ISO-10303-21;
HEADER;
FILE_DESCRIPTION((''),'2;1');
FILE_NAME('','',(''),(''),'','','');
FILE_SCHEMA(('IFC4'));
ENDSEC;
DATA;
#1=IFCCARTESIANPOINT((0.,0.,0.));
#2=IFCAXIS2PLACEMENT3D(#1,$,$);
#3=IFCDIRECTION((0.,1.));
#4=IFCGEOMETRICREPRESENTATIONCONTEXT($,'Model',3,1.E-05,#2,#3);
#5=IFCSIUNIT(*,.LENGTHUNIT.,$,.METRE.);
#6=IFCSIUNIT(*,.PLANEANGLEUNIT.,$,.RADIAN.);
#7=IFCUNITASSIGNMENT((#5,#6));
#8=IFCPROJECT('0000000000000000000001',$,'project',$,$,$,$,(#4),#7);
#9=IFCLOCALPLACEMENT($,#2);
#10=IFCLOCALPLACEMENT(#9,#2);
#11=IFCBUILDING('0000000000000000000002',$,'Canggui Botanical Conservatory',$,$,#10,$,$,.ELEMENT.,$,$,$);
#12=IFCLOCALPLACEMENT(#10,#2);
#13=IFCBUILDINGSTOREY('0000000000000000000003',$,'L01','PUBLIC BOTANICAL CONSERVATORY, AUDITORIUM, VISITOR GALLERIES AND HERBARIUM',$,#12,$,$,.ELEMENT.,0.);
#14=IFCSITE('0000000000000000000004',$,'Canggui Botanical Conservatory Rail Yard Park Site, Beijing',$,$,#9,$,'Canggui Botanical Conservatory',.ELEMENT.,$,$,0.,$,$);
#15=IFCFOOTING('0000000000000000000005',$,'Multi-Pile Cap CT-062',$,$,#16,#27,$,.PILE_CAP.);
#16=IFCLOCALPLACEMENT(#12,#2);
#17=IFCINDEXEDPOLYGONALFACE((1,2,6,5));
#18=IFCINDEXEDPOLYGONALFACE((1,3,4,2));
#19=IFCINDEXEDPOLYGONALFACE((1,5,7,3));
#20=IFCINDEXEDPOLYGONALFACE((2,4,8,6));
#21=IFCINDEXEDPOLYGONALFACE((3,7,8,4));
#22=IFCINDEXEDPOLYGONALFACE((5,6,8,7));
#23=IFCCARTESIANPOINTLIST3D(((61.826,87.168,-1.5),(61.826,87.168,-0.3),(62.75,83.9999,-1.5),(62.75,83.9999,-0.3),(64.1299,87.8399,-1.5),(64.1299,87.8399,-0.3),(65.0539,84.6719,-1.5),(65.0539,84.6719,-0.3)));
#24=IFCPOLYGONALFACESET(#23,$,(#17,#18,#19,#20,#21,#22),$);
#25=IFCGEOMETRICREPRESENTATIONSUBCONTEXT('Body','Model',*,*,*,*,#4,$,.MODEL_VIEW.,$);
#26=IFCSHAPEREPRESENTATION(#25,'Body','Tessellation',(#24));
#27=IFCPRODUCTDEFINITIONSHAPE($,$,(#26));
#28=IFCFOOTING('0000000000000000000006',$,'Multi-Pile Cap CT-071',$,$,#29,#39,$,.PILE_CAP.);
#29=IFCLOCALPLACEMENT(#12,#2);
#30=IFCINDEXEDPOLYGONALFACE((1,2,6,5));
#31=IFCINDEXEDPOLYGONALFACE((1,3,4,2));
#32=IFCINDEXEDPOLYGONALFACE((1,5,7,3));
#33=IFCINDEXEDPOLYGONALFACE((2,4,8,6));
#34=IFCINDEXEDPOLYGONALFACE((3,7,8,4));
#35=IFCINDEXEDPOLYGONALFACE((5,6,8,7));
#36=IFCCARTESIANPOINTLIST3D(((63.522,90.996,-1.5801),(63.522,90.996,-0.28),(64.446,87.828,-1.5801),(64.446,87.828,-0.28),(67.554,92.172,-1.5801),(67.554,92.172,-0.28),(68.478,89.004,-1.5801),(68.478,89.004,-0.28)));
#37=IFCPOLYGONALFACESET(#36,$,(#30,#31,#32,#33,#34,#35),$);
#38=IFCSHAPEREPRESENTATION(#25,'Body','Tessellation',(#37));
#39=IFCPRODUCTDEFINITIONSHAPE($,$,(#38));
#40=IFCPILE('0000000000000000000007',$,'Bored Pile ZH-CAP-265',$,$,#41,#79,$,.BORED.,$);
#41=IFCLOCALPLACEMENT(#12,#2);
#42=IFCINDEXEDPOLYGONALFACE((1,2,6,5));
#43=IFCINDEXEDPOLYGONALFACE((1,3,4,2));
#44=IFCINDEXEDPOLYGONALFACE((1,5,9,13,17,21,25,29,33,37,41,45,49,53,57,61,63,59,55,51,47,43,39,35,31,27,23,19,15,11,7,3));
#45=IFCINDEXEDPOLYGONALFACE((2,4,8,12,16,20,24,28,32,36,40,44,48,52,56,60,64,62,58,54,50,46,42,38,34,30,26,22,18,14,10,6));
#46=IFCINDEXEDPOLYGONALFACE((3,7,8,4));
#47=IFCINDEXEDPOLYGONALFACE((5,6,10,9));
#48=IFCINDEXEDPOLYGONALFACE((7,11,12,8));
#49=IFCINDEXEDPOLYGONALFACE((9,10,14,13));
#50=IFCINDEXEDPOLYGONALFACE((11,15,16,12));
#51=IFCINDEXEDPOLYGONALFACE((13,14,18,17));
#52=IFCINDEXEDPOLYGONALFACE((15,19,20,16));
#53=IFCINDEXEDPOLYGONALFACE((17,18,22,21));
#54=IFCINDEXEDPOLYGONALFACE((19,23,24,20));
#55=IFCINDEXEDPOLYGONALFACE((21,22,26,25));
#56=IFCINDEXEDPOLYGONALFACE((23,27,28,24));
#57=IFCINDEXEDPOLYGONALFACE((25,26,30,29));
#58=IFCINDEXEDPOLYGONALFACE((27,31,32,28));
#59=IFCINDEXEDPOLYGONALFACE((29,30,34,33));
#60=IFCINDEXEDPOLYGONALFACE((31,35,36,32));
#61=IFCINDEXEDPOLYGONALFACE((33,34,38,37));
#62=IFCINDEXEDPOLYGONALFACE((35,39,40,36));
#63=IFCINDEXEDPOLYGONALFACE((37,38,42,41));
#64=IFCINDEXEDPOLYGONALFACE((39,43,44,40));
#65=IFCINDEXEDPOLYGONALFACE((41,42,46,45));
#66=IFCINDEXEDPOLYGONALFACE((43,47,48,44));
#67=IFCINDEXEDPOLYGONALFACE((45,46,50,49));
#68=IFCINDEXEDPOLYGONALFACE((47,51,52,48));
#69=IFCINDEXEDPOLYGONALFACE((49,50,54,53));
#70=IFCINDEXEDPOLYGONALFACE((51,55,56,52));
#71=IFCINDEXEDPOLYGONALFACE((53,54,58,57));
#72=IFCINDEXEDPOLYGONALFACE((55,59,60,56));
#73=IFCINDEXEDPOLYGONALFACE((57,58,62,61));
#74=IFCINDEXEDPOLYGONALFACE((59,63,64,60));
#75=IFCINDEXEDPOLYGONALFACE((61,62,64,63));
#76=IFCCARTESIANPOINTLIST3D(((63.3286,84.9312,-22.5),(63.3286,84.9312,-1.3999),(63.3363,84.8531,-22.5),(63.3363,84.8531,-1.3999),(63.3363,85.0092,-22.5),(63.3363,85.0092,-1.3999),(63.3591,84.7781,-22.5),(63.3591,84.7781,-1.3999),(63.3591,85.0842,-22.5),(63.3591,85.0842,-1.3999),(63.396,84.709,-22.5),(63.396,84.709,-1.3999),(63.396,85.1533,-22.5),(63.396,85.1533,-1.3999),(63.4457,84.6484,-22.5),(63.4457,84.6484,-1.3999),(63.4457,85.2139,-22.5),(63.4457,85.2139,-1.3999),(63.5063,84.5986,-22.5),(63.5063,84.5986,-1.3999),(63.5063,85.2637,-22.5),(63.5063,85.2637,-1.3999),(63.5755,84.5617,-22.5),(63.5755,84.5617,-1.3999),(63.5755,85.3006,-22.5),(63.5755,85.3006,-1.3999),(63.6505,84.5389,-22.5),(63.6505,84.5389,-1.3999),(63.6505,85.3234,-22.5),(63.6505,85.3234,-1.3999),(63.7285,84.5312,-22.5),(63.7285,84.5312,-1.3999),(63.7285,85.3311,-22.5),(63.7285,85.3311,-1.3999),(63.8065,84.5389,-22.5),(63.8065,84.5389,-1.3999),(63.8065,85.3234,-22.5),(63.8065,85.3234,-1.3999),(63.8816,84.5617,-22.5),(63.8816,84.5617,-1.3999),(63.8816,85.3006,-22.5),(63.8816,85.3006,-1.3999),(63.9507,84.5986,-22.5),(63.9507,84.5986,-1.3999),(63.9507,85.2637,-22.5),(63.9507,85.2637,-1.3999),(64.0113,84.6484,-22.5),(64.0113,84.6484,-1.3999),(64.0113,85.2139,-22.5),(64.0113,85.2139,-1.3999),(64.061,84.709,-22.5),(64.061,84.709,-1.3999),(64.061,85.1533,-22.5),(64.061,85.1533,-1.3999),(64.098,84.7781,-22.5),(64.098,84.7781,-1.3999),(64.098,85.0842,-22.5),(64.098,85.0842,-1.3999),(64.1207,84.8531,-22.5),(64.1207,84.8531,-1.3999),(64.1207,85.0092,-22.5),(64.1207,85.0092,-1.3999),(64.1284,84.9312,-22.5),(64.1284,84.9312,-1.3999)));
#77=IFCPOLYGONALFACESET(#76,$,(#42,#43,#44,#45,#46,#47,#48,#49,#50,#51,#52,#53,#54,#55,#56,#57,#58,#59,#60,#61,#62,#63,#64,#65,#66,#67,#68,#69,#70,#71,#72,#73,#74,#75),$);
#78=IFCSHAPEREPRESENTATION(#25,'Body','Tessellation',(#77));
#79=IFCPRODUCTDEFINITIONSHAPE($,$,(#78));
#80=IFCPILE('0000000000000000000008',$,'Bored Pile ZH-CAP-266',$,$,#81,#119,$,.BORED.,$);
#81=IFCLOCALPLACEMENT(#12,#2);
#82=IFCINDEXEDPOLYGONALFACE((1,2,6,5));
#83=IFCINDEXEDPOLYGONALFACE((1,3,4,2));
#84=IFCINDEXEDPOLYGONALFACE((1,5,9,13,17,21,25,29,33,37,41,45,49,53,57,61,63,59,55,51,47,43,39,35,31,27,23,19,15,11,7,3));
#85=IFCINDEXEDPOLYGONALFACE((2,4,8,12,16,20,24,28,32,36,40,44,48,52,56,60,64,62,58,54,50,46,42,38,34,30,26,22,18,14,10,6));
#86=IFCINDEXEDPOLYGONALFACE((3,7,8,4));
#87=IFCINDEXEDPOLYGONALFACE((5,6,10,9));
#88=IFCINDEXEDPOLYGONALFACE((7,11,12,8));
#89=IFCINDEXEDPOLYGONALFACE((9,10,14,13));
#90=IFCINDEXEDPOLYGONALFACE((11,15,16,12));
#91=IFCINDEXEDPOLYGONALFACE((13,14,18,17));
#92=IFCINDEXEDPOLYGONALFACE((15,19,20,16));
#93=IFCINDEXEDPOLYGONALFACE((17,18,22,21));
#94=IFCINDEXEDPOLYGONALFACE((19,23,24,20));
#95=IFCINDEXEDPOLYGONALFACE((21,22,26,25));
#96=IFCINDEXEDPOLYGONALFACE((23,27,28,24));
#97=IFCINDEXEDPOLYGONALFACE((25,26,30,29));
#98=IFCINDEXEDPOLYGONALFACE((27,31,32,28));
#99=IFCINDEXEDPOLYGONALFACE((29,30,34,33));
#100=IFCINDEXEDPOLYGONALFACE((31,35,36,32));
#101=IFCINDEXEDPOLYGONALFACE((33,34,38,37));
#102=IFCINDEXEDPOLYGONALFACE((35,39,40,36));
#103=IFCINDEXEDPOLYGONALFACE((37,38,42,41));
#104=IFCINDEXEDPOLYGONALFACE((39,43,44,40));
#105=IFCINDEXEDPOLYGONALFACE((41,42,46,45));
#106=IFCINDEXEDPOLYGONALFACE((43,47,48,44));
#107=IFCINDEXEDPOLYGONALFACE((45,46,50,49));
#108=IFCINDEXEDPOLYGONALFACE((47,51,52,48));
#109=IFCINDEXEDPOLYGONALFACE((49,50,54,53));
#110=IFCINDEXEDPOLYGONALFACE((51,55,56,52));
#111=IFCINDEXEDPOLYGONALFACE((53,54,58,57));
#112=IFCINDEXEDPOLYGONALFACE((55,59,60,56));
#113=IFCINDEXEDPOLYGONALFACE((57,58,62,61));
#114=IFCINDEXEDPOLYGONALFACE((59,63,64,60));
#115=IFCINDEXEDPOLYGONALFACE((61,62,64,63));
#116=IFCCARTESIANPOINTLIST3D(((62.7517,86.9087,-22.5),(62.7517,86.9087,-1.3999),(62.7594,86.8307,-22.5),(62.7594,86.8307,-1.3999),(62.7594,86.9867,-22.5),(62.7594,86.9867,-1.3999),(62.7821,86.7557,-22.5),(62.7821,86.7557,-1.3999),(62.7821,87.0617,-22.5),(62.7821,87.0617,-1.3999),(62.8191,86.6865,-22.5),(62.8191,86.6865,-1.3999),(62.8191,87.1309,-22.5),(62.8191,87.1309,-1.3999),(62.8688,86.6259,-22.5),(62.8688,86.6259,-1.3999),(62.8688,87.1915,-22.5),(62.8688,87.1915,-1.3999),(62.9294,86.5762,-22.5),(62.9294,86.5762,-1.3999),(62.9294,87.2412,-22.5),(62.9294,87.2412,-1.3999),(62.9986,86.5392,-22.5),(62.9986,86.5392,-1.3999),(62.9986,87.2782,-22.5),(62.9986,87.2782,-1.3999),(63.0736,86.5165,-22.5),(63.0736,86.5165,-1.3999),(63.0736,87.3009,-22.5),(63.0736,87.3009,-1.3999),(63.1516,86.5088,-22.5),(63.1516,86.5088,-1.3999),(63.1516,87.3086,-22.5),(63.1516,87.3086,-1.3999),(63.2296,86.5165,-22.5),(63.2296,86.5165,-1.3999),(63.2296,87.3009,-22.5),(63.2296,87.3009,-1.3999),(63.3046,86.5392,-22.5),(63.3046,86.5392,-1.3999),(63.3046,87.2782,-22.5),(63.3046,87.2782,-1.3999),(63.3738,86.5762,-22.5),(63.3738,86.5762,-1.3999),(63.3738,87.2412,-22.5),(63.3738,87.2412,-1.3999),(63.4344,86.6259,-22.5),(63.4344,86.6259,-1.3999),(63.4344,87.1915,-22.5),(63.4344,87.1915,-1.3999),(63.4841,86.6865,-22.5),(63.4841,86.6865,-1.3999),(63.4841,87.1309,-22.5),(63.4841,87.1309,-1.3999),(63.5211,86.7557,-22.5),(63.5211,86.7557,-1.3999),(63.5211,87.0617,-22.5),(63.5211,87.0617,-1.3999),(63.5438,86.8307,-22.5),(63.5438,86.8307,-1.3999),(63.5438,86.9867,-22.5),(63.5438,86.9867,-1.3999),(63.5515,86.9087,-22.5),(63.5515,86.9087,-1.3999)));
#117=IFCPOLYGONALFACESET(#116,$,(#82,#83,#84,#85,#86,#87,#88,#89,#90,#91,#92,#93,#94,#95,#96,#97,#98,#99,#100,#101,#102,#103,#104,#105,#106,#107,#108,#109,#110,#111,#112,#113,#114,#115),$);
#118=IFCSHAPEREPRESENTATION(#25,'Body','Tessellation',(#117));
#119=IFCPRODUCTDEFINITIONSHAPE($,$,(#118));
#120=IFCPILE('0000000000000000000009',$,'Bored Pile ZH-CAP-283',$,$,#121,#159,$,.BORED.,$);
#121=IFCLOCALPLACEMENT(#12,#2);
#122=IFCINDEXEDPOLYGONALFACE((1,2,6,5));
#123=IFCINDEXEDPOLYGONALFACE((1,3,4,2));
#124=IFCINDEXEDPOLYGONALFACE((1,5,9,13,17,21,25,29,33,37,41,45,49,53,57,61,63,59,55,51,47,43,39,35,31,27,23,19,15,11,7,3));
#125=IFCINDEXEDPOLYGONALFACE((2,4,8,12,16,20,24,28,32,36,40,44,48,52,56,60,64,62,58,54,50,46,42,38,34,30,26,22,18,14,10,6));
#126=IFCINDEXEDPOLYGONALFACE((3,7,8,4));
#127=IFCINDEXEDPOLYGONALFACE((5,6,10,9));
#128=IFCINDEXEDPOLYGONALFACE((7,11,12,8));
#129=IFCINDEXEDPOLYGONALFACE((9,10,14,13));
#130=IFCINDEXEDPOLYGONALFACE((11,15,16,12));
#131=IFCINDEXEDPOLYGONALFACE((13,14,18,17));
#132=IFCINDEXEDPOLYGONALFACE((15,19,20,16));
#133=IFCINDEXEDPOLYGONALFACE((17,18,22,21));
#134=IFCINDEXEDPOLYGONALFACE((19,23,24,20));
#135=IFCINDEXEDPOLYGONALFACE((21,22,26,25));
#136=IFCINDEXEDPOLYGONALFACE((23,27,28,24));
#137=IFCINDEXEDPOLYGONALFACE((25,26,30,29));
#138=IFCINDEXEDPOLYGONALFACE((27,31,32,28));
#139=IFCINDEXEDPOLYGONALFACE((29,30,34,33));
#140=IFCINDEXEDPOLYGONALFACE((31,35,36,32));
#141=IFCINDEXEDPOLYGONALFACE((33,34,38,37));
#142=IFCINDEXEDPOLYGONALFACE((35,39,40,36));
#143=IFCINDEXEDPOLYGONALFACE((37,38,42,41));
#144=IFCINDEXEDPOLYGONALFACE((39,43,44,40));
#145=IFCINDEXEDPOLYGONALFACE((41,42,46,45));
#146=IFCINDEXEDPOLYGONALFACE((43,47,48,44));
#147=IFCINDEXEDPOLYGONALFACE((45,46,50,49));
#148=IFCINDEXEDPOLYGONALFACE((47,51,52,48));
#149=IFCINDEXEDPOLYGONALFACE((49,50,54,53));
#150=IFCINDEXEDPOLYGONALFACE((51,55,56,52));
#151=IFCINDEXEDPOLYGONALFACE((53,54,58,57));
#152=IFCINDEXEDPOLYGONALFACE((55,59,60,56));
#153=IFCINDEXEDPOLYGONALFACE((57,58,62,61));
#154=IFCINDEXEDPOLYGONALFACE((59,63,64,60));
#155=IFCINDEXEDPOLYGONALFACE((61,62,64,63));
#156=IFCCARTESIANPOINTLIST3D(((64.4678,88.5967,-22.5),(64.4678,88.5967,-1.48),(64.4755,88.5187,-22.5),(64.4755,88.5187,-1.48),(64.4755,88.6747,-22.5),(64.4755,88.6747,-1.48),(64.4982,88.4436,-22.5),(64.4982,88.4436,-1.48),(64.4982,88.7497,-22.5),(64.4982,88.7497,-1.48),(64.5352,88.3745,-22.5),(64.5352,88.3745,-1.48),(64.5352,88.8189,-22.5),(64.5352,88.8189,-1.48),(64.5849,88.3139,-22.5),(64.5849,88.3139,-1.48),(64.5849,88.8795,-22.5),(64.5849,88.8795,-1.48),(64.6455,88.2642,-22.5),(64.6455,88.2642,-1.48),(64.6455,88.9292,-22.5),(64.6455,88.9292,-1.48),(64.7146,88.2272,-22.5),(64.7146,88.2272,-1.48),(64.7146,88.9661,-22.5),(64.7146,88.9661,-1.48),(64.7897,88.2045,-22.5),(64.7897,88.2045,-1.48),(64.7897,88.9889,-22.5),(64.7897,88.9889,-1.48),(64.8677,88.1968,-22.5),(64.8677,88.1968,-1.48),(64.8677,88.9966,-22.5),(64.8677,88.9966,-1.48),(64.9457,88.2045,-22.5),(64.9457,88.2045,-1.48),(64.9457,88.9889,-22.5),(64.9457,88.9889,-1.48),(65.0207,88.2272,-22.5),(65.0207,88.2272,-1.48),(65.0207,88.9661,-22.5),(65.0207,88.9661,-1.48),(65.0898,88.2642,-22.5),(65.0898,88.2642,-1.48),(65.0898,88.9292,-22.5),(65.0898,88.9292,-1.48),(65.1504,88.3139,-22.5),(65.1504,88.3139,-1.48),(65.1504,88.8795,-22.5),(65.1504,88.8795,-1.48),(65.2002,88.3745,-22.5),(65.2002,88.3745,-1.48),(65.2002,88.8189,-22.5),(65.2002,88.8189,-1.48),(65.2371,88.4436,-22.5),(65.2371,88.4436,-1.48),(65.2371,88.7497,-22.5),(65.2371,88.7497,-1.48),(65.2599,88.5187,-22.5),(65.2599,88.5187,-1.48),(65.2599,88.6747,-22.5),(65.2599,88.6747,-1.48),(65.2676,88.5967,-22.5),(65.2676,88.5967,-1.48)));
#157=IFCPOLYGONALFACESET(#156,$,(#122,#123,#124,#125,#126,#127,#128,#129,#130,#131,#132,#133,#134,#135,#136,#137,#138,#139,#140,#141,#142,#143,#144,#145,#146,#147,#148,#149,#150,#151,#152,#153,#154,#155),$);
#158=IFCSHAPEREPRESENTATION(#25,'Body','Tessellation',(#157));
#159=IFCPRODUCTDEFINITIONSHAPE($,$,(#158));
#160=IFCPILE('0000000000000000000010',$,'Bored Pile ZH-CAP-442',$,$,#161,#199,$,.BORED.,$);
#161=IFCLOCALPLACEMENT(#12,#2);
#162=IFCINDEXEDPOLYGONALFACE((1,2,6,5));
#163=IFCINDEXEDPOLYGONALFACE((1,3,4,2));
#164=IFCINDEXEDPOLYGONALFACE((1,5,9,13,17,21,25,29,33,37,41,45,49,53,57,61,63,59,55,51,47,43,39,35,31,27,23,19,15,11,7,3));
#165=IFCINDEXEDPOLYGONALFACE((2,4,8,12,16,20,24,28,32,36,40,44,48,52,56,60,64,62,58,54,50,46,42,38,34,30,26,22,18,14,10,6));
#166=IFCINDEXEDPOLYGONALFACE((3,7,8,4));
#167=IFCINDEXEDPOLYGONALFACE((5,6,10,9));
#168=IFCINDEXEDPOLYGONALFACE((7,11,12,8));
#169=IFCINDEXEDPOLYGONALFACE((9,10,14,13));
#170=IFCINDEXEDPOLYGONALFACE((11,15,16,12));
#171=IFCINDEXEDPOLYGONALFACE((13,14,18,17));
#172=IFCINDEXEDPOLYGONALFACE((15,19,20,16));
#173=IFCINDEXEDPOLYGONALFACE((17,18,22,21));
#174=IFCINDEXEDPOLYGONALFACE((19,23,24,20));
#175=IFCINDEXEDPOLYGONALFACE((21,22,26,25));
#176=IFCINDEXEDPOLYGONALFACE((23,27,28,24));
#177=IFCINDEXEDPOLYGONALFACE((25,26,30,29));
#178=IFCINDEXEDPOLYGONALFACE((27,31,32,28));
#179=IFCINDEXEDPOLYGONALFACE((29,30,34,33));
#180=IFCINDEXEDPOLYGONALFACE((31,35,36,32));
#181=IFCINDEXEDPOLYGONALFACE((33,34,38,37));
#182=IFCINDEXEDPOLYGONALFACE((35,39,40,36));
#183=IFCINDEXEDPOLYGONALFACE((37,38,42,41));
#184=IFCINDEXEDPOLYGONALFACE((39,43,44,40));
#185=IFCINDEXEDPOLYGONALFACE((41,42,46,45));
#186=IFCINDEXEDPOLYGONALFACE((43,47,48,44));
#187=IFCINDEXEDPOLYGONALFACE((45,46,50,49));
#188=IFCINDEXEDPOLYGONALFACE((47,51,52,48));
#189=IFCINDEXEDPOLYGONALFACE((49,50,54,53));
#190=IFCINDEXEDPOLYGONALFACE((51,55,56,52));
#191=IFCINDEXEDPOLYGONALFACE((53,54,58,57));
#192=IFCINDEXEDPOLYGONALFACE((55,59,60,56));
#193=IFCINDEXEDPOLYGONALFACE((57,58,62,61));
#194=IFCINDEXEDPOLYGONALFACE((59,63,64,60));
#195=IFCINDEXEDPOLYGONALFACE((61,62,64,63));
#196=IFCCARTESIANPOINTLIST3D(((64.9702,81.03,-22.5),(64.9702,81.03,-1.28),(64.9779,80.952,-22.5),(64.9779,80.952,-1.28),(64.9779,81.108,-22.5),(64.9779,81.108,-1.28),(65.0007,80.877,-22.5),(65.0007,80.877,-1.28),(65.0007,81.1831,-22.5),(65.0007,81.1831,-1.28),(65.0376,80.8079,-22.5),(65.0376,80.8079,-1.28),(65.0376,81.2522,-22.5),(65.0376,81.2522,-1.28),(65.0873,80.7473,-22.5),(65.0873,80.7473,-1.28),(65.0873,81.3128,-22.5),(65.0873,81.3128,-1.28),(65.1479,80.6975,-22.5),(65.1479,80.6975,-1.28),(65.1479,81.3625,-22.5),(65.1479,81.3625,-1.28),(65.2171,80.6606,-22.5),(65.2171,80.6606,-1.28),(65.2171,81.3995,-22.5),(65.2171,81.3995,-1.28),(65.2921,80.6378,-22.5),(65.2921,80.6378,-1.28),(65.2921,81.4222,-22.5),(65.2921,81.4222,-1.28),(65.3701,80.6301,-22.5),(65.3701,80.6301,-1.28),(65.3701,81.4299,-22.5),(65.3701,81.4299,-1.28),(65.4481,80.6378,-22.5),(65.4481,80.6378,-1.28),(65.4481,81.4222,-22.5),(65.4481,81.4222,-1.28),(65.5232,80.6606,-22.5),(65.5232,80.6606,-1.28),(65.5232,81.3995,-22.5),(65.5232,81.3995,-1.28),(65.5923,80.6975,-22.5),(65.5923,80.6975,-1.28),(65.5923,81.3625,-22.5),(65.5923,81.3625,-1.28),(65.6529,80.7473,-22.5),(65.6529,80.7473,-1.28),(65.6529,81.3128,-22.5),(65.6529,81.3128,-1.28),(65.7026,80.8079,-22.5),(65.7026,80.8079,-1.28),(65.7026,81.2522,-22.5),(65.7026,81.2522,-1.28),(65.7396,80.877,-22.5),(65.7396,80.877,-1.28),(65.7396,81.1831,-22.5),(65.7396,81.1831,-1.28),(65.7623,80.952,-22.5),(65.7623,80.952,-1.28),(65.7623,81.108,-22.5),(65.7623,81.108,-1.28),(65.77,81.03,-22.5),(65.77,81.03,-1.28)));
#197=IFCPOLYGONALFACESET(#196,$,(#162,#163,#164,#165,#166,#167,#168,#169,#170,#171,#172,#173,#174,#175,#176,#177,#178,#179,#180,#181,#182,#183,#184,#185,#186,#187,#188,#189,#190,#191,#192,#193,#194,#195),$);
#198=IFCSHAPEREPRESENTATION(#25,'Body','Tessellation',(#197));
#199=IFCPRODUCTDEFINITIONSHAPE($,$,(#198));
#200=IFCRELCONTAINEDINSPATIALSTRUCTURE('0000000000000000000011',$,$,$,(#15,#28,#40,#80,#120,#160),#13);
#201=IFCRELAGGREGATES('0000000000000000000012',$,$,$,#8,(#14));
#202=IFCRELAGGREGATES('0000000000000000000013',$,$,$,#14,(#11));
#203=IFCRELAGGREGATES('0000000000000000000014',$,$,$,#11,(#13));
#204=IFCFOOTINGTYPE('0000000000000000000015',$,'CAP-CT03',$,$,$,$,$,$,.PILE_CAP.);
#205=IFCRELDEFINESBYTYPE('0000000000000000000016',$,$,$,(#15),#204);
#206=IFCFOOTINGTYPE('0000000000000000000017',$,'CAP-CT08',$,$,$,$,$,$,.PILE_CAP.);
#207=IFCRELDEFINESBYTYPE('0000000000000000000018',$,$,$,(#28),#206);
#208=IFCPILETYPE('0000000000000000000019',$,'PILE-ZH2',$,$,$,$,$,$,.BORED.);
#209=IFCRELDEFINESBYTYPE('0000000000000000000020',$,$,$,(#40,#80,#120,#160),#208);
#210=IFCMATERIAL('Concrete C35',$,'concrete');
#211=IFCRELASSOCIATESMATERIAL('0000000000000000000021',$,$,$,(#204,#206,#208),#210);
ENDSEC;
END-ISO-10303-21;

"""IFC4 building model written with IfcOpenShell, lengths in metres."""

from ifc_helpers import new_model, si_unit, direction, frame, origin, origin_2d, place, context, subcontext, project, spatial, rectangle, circle, extrude, material, material_profile, profile_set, type_object, element, save


model = new_model("IFC4")

# Units and contexts
model_context = context("Model", 3, precision=1e-05, world=origin(), true_north=direction((0.0, 1.0)))
body_context = subcontext(model_context, "Body", "Model", "MODEL_VIEW")
ifc_project = project(units=[si_unit("LENGTHUNIT", "METRE"), si_unit("PLANEANGLEUNIT", "RADIAN")], contexts=[model_context])

# Site, building, storey
site_placement = place(None, origin())
site = spatial("IfcSite", under=ifc_project, at=site_placement, Name="Canggui Botanical Conservatory Rail Yard Park Site, Beijing", LongName="Canggui Botanical Conservatory", CompositionType="ELEMENT", RefElevation=0.0)
building_placement = place(site_placement, origin())
building = spatial("IfcBuilding", under=site, at=building_placement, Name="Canggui Botanical Conservatory", CompositionType="ELEMENT")
storey_placement = place(building_placement, origin())
storey = spatial("IfcBuildingStorey", under=building, at=storey_placement, Name="L01", Description="PUBLIC BOTANICAL CONSERVATORY, AUDITORIUM, VISITOR GALLERIES AND HERBARIUM", CompositionType="ELEMENT", Elevation=0.0)

# Footings
ifc_material_1 = material(Name="Concrete C35", Category="concrete")
footing_type_1 = type_object("IfcFootingType", Name="CAP-CT03", PredefinedType="PILE_CAP", material=ifc_material_1)
footing_1_placement = place(storey_placement, frame((63.4399, 85.9199, -1.5), z_axis=(0.0, 0.0, 1.0), x_axis=(-0.28, 0.96, 0.0)))
element("IfcFooting", 1, at=footing_1_placement, inside=storey, type_object=footing_type_1, Name="Multi-Pile Cap CT-062", PredefinedType="PILE_CAP", context=body_context, shape_type="SweptSolid", body=[
    extrude(rectangle(XDim=3.3, YDim=2.3999, at=origin_2d()), origin(), (0.0, 0.0, 1.0), 1.2),
])
footing_type_2 = type_object("IfcFootingType", Name="CAP-CT08", PredefinedType="PILE_CAP", material=ifc_material_1)
footing_2_placement = place(storey_placement, frame((66.0, 90.0, -1.5801), z_axis=(0.0, 0.0, 1.0), x_axis=(0.96, 0.28, 0.0)))
element("IfcFooting", 2, at=footing_2_placement, inside=storey, type_object=footing_type_2, Name="Multi-Pile Cap CT-071", PredefinedType="PILE_CAP", context=body_context, shape_type="SweptSolid", body=[
    extrude(rectangle(XDim=4.2, YDim=3.3, at=origin_2d()), origin(), (0.0, 0.0, 1.0), 1.3),
])

# Piles
ifc_material_profile_1 = material_profile(ifc_material_1, circle(Radius=0.3999, at=origin_2d()), Name="PILE D800")
ifc_profile_set_1 = profile_set([ifc_material_profile_1], Name="Concrete C35")
pile_type = type_object("IfcPileType", Name="PILE-ZH2", PredefinedType="BORED", material=ifc_profile_set_1)
for number, where, z_axis, x_axis, name in (
    (3, (63.7285, 84.9312, -1.3999), (0.0, 0.0, -1.0), (1.0, 0.0, 0.0), "Bored Pile ZH-CAP-265"),
    (4, (63.1516, 86.9087, -1.3999), (0.0, 0.0, -1.0), (1.0, 0.0, 0.0), "Bored Pile ZH-CAP-266"),
):
    element("IfcPile", number, at=place(storey_placement, frame(where, z_axis=z_axis, x_axis=x_axis)), inside=storey, type_object=pile_type, Name=name, PredefinedType="BORED", context=body_context, shape_type="SweptSolid", body=[
        extrude(circle(Radius=0.3999, at=origin_2d()), origin(), (0.0, 0.0, 1.0), 21.1001),
    ])
pile_1_placement = place(storey_placement, frame((64.8677, 88.5967, -1.48), z_axis=(0.0, 0.0, -1.0), x_axis=(1.0, 0.0, 0.0)))
element("IfcPile", 5, at=pile_1_placement, inside=storey, type_object=pile_type, Name="Bored Pile ZH-CAP-283", PredefinedType="BORED", context=body_context, shape_type="SweptSolid", body=[
    extrude(circle(Radius=0.3999, at=origin_2d()), origin(), (0.0, 0.0, 1.0), 21.02),
])
pile_2_placement = place(storey_placement, frame((65.3701, 81.03, -1.28), z_axis=(0.0, 0.0, -1.0), x_axis=(1.0, 0.0, 0.0)))
element("IfcPile", 6, at=pile_2_placement, inside=storey, type_object=pile_type, Name="Bored Pile ZH-CAP-442", PredefinedType="BORED", context=body_context, shape_type="SweptSolid", body=[
    extrude(circle(Radius=0.3999, at=origin_2d()), origin(), (0.0, 0.0, 1.0), 21.22),
])

save(model, "model.ifc")
